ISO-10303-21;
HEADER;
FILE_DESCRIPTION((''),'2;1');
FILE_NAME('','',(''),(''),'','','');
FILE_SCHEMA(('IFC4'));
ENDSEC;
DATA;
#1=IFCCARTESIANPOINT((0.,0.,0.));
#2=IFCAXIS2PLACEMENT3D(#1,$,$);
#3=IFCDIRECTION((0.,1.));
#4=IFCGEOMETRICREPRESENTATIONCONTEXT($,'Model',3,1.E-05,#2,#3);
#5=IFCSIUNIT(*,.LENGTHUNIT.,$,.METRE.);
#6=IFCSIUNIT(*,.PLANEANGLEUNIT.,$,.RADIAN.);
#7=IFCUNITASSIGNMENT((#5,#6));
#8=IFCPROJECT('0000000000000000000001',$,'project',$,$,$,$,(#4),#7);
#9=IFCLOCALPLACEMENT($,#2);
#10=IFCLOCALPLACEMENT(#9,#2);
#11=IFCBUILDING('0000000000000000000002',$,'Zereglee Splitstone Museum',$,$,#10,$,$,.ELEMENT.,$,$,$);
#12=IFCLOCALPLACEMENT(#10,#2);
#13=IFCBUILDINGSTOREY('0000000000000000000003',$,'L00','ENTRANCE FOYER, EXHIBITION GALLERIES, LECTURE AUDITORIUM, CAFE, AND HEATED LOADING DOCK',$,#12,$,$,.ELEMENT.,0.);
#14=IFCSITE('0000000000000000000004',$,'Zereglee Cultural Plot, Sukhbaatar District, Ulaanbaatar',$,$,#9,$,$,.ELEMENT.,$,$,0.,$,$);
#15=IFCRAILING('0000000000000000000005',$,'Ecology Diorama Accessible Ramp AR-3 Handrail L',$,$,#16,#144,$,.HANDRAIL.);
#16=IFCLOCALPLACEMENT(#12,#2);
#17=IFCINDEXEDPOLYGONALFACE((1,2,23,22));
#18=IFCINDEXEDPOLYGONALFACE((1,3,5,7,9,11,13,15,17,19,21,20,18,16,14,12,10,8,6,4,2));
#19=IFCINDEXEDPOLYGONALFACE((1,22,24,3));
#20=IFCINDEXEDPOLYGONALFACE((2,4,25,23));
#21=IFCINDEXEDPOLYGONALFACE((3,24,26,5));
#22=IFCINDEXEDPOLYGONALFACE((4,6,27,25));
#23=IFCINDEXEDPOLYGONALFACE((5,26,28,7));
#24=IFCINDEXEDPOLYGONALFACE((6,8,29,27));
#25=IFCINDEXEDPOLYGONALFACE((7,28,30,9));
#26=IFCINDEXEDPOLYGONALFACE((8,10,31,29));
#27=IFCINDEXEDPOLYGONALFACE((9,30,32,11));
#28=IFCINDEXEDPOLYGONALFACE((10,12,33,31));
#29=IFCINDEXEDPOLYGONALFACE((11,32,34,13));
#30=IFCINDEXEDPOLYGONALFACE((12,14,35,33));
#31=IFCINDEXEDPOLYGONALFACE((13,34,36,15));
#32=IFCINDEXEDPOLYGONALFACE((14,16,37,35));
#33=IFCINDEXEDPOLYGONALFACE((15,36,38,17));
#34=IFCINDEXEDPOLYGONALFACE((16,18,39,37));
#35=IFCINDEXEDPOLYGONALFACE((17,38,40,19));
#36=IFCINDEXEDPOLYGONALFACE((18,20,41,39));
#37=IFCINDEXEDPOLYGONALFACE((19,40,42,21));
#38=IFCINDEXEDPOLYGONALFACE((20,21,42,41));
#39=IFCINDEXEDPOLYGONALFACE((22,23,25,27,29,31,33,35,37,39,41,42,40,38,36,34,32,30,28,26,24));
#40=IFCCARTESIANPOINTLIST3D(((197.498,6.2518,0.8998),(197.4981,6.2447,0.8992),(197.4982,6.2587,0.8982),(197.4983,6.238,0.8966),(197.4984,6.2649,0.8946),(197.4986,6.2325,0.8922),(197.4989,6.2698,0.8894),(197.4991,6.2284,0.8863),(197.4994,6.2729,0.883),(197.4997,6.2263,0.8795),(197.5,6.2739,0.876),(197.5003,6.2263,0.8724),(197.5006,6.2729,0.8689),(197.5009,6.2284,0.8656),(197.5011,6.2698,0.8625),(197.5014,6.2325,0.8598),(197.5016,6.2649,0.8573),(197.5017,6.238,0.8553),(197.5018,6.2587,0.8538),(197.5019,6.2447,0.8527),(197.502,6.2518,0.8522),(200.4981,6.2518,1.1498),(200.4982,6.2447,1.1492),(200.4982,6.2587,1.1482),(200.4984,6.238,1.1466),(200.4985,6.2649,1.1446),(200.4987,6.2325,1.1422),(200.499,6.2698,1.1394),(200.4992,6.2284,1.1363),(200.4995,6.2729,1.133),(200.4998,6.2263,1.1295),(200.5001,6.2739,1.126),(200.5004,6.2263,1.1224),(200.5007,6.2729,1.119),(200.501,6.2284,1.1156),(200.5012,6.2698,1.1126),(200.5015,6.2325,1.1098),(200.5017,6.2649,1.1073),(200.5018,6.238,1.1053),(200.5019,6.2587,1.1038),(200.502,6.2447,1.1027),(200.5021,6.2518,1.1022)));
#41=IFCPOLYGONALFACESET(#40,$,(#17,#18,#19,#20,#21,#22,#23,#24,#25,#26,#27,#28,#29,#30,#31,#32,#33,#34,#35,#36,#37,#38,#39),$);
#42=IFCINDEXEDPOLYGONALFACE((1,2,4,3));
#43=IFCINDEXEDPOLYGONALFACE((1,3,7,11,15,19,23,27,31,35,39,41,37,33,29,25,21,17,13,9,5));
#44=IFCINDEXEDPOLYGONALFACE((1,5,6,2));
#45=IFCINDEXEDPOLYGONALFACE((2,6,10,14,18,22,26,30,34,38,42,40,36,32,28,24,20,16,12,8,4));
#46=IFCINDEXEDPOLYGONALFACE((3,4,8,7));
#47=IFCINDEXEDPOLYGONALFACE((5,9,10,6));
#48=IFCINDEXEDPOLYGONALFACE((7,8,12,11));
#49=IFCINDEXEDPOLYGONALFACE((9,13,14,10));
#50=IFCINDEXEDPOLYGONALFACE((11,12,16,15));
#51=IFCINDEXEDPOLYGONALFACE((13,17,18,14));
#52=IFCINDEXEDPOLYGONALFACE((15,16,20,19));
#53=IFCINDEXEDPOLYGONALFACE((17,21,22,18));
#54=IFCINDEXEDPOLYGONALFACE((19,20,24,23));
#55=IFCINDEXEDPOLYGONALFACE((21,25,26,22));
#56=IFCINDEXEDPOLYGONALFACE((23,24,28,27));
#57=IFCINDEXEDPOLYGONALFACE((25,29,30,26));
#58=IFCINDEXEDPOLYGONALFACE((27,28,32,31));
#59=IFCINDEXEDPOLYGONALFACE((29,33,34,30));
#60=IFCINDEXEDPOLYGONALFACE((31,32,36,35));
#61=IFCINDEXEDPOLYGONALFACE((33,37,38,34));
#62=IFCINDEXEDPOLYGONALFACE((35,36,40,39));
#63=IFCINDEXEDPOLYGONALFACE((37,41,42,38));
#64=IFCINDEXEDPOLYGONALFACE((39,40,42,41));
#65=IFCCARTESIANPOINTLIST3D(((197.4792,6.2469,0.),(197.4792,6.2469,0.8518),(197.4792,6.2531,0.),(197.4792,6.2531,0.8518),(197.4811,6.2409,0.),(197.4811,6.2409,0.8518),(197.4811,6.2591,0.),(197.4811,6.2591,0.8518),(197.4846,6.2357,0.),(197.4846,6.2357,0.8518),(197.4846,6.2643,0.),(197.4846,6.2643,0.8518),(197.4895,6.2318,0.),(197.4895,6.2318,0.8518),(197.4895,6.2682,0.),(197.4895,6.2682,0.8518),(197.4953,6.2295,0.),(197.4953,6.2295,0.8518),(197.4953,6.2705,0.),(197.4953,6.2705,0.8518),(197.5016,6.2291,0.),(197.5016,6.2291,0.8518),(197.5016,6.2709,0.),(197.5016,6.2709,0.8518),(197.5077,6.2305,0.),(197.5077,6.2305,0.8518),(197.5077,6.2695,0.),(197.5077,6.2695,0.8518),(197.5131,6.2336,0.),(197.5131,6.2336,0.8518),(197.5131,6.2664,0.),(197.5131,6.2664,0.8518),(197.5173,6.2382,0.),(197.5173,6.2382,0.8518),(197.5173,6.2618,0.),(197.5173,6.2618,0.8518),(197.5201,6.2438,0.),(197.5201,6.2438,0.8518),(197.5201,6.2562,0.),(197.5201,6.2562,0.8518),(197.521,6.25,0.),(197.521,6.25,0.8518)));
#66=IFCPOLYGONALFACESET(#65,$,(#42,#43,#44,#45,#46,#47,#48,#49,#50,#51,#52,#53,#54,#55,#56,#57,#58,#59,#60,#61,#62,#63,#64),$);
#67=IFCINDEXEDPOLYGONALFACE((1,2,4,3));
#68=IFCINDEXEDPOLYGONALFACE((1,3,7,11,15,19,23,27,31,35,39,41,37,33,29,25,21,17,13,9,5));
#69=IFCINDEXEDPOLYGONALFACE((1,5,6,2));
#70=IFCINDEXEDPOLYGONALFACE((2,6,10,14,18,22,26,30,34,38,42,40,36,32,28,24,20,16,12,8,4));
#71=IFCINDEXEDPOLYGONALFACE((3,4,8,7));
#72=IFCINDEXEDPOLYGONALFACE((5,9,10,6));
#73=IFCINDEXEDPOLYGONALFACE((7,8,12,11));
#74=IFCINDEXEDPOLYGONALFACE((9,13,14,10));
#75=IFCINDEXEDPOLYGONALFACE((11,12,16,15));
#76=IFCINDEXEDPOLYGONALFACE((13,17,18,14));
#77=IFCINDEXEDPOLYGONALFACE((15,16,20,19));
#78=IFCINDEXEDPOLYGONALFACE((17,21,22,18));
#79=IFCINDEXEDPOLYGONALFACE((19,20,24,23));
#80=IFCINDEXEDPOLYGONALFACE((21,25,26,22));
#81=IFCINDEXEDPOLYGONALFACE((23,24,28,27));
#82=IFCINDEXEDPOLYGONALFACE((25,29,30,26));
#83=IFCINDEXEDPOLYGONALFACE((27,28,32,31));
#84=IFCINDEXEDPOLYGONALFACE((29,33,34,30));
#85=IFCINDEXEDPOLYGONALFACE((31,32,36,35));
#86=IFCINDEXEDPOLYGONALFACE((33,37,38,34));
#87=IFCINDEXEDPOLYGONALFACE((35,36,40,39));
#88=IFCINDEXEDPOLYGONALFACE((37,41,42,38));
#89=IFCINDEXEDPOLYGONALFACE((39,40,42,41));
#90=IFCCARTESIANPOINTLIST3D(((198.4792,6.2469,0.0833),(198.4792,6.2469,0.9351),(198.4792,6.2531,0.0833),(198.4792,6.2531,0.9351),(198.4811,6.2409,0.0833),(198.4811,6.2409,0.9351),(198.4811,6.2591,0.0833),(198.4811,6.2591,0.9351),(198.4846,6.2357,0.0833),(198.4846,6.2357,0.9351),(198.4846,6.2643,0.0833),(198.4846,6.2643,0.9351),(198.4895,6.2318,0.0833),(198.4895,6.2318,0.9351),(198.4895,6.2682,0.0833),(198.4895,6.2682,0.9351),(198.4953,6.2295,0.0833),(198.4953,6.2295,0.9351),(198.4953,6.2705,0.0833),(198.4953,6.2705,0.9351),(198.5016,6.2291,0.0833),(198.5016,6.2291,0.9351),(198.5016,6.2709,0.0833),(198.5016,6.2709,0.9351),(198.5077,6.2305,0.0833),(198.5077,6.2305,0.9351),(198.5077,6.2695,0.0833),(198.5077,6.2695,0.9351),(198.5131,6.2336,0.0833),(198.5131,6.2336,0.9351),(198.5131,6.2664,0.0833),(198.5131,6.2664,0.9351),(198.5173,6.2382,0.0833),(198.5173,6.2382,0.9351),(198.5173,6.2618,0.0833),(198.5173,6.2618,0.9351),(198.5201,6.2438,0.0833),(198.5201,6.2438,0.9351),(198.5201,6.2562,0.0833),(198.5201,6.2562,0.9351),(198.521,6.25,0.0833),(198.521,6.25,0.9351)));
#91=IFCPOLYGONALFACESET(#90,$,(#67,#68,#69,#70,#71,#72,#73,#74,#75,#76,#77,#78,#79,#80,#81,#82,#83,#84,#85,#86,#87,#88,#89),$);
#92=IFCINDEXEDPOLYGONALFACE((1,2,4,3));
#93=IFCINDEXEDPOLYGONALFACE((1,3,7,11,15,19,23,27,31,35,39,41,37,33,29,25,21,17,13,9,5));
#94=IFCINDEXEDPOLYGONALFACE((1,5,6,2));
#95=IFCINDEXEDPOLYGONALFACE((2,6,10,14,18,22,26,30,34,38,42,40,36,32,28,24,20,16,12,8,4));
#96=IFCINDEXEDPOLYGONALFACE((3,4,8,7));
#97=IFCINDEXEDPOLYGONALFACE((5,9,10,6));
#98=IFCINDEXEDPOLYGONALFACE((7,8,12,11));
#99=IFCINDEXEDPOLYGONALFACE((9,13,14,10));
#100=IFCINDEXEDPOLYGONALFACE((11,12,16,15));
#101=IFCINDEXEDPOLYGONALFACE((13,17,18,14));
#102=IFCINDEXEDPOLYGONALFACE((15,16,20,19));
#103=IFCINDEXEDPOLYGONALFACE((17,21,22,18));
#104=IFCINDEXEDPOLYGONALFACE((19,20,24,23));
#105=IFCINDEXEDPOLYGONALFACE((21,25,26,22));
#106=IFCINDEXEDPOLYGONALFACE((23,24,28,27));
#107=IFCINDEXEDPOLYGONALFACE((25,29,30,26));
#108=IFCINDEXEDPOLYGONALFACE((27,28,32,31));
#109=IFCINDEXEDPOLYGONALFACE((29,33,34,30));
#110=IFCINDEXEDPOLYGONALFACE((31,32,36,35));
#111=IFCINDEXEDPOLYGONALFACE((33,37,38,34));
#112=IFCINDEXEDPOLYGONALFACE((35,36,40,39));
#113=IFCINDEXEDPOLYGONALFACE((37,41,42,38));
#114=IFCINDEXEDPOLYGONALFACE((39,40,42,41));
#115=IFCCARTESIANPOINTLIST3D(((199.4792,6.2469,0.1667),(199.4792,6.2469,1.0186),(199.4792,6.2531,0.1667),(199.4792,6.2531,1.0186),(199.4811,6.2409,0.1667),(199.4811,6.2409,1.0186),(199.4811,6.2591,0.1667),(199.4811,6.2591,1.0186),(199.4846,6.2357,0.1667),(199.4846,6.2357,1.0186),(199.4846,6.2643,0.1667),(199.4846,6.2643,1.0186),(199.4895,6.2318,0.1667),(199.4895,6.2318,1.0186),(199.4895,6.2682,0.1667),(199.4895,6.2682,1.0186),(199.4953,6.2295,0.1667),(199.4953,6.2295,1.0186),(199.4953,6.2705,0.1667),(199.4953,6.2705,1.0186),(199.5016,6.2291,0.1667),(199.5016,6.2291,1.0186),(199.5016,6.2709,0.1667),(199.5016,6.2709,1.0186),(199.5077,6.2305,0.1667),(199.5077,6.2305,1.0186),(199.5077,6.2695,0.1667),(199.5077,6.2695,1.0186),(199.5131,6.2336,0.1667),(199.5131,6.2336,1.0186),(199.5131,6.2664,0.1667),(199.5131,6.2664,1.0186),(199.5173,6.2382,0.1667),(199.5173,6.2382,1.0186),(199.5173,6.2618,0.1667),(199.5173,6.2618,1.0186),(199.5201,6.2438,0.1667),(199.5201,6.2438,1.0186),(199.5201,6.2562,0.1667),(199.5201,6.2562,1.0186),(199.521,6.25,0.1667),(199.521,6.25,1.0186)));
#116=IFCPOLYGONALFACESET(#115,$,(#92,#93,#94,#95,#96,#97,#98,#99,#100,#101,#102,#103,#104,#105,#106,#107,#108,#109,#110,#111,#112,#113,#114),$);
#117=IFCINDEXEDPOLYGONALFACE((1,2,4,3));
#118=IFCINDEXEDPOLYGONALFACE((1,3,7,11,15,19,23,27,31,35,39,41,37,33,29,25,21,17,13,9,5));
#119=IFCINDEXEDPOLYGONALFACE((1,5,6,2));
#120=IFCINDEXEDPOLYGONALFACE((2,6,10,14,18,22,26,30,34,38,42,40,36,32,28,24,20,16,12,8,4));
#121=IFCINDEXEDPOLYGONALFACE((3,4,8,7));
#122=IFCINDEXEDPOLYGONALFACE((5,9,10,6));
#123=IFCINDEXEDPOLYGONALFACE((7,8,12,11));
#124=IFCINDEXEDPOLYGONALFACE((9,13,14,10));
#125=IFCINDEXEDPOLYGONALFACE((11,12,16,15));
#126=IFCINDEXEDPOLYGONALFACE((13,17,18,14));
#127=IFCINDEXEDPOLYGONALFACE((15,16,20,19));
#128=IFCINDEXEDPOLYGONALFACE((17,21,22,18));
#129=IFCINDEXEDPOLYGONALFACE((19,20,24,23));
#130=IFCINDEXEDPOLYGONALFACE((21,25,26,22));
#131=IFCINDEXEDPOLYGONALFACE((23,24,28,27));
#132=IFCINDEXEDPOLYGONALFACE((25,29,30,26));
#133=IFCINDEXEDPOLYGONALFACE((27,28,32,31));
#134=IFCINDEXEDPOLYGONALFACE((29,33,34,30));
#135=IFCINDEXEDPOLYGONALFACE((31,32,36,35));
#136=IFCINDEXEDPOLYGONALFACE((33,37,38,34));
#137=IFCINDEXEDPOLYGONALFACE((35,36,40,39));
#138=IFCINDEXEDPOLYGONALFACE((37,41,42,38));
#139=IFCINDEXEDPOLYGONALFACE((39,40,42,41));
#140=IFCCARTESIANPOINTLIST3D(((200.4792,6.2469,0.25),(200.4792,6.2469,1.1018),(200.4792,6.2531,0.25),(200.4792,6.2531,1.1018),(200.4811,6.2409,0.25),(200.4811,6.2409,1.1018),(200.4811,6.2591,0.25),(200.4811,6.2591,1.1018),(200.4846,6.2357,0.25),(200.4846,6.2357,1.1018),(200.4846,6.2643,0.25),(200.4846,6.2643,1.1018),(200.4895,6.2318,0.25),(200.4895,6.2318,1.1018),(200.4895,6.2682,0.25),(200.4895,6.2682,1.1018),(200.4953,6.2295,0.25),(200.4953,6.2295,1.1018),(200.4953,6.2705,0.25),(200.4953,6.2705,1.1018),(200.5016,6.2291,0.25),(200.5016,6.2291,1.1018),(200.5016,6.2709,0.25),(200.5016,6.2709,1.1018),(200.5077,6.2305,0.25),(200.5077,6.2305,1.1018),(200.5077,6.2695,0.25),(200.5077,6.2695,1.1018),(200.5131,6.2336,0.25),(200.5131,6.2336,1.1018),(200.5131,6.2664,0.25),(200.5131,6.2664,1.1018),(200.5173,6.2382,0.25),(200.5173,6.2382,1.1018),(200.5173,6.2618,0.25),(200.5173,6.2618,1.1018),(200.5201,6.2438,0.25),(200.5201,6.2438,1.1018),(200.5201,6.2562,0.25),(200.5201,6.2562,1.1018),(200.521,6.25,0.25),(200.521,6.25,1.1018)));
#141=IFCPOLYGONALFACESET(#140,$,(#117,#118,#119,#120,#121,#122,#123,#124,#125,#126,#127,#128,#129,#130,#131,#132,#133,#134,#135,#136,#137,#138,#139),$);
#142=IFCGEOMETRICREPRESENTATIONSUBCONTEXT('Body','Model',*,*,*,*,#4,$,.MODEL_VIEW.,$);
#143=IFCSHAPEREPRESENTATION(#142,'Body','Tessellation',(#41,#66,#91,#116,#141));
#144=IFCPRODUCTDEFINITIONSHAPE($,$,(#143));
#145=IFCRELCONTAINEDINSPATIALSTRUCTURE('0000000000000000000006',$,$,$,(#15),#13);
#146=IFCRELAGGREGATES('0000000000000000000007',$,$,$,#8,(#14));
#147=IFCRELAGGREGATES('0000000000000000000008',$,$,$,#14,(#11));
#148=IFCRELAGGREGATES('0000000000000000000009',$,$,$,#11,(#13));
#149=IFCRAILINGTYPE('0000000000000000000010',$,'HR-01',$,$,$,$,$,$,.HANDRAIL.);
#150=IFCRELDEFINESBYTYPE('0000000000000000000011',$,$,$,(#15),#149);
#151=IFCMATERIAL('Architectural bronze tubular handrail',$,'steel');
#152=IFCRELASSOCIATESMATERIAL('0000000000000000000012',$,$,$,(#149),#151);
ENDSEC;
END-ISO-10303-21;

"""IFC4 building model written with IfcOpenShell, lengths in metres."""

from ifc_helpers import new_model, si_unit, direction, frame, origin, origin_2d, place, context, subcontext, project, spatial, circle, extrude, material, type_object, element, save


model = new_model("IFC4")

# Units and contexts
model_context = context("Model", 3, precision=1e-05, world=origin(), true_north=direction((0.0, 1.0)))
body_context = subcontext(model_context, "Body", "Model", "MODEL_VIEW")
ifc_project = project(units=[si_unit("LENGTHUNIT", "METRE"), si_unit("PLANEANGLEUNIT", "RADIAN")], contexts=[model_context])

# Site, building, storey
site_placement = place(None, origin())
site = spatial("IfcSite", under=ifc_project, at=site_placement, Name="Zereglee Cultural Plot, Sukhbaatar District, Ulaanbaatar", CompositionType="ELEMENT", RefElevation=0.0)
building_placement = place(site_placement, origin())
building = spatial("IfcBuilding", under=site, at=building_placement, Name="Zereglee Splitstone Museum", CompositionType="ELEMENT")
storey_placement = place(building_placement, origin())
storey = spatial("IfcBuildingStorey", under=building, at=storey_placement, Name="L00", Description="ENTRANCE FOYER, EXHIBITION GALLERIES, LECTURE AUDITORIUM, CAFE, AND HEATED LOADING DOCK", CompositionType="ELEMENT", Elevation=0.0)

# Railing
ifc_material_1 = material(Name="Architectural bronze tubular handrail", Category="steel")
railing_type_1 = type_object("IfcRailingType", Name="HR-01", PredefinedType="HANDRAIL", material=ifc_material_1)
for number, where, name in (
    (1, (197.5, 6.25, 0.0), "Ecology Diorama Accessible Ramp AR-3 Handrail L"),
):
    element("IfcRailing", number, at=place(storey_placement, frame(where)), inside=storey, type_object=railing_type_1, Name=name, PredefinedType="HANDRAIL", context=body_context, shape_type="SweptSolid", body=[
        extrude(circle(Radius=0.0239, at=origin_2d()), frame((0.0, 0.0, 0.876), z_axis=(0.996546, 0.0, 0.083045), x_axis=(0.0, 1.0, 0.0)), (0.0, 0.0, 1.0), 3.0105),
        extrude(circle(Radius=0.021, at=origin_2d()), origin(), (0.0, 0.0, 1.0), 0.8518),
        extrude(circle(Radius=0.021, at=origin_2d()), frame((1.0, 0.0, 0.0833)), (0.0, 0.0, 1.0), 0.8518),
        extrude(circle(Radius=0.021, at=origin_2d()), frame((2.0, 0.0, 0.1667)), (0.0, 0.0, 1.0), 0.8518),
        extrude(circle(Radius=0.021, at=origin_2d()), frame((3.0, 0.0, 0.25)), (0.0, 0.0, 1.0), 0.8518),
    ])

save(model, "model.ifc")
